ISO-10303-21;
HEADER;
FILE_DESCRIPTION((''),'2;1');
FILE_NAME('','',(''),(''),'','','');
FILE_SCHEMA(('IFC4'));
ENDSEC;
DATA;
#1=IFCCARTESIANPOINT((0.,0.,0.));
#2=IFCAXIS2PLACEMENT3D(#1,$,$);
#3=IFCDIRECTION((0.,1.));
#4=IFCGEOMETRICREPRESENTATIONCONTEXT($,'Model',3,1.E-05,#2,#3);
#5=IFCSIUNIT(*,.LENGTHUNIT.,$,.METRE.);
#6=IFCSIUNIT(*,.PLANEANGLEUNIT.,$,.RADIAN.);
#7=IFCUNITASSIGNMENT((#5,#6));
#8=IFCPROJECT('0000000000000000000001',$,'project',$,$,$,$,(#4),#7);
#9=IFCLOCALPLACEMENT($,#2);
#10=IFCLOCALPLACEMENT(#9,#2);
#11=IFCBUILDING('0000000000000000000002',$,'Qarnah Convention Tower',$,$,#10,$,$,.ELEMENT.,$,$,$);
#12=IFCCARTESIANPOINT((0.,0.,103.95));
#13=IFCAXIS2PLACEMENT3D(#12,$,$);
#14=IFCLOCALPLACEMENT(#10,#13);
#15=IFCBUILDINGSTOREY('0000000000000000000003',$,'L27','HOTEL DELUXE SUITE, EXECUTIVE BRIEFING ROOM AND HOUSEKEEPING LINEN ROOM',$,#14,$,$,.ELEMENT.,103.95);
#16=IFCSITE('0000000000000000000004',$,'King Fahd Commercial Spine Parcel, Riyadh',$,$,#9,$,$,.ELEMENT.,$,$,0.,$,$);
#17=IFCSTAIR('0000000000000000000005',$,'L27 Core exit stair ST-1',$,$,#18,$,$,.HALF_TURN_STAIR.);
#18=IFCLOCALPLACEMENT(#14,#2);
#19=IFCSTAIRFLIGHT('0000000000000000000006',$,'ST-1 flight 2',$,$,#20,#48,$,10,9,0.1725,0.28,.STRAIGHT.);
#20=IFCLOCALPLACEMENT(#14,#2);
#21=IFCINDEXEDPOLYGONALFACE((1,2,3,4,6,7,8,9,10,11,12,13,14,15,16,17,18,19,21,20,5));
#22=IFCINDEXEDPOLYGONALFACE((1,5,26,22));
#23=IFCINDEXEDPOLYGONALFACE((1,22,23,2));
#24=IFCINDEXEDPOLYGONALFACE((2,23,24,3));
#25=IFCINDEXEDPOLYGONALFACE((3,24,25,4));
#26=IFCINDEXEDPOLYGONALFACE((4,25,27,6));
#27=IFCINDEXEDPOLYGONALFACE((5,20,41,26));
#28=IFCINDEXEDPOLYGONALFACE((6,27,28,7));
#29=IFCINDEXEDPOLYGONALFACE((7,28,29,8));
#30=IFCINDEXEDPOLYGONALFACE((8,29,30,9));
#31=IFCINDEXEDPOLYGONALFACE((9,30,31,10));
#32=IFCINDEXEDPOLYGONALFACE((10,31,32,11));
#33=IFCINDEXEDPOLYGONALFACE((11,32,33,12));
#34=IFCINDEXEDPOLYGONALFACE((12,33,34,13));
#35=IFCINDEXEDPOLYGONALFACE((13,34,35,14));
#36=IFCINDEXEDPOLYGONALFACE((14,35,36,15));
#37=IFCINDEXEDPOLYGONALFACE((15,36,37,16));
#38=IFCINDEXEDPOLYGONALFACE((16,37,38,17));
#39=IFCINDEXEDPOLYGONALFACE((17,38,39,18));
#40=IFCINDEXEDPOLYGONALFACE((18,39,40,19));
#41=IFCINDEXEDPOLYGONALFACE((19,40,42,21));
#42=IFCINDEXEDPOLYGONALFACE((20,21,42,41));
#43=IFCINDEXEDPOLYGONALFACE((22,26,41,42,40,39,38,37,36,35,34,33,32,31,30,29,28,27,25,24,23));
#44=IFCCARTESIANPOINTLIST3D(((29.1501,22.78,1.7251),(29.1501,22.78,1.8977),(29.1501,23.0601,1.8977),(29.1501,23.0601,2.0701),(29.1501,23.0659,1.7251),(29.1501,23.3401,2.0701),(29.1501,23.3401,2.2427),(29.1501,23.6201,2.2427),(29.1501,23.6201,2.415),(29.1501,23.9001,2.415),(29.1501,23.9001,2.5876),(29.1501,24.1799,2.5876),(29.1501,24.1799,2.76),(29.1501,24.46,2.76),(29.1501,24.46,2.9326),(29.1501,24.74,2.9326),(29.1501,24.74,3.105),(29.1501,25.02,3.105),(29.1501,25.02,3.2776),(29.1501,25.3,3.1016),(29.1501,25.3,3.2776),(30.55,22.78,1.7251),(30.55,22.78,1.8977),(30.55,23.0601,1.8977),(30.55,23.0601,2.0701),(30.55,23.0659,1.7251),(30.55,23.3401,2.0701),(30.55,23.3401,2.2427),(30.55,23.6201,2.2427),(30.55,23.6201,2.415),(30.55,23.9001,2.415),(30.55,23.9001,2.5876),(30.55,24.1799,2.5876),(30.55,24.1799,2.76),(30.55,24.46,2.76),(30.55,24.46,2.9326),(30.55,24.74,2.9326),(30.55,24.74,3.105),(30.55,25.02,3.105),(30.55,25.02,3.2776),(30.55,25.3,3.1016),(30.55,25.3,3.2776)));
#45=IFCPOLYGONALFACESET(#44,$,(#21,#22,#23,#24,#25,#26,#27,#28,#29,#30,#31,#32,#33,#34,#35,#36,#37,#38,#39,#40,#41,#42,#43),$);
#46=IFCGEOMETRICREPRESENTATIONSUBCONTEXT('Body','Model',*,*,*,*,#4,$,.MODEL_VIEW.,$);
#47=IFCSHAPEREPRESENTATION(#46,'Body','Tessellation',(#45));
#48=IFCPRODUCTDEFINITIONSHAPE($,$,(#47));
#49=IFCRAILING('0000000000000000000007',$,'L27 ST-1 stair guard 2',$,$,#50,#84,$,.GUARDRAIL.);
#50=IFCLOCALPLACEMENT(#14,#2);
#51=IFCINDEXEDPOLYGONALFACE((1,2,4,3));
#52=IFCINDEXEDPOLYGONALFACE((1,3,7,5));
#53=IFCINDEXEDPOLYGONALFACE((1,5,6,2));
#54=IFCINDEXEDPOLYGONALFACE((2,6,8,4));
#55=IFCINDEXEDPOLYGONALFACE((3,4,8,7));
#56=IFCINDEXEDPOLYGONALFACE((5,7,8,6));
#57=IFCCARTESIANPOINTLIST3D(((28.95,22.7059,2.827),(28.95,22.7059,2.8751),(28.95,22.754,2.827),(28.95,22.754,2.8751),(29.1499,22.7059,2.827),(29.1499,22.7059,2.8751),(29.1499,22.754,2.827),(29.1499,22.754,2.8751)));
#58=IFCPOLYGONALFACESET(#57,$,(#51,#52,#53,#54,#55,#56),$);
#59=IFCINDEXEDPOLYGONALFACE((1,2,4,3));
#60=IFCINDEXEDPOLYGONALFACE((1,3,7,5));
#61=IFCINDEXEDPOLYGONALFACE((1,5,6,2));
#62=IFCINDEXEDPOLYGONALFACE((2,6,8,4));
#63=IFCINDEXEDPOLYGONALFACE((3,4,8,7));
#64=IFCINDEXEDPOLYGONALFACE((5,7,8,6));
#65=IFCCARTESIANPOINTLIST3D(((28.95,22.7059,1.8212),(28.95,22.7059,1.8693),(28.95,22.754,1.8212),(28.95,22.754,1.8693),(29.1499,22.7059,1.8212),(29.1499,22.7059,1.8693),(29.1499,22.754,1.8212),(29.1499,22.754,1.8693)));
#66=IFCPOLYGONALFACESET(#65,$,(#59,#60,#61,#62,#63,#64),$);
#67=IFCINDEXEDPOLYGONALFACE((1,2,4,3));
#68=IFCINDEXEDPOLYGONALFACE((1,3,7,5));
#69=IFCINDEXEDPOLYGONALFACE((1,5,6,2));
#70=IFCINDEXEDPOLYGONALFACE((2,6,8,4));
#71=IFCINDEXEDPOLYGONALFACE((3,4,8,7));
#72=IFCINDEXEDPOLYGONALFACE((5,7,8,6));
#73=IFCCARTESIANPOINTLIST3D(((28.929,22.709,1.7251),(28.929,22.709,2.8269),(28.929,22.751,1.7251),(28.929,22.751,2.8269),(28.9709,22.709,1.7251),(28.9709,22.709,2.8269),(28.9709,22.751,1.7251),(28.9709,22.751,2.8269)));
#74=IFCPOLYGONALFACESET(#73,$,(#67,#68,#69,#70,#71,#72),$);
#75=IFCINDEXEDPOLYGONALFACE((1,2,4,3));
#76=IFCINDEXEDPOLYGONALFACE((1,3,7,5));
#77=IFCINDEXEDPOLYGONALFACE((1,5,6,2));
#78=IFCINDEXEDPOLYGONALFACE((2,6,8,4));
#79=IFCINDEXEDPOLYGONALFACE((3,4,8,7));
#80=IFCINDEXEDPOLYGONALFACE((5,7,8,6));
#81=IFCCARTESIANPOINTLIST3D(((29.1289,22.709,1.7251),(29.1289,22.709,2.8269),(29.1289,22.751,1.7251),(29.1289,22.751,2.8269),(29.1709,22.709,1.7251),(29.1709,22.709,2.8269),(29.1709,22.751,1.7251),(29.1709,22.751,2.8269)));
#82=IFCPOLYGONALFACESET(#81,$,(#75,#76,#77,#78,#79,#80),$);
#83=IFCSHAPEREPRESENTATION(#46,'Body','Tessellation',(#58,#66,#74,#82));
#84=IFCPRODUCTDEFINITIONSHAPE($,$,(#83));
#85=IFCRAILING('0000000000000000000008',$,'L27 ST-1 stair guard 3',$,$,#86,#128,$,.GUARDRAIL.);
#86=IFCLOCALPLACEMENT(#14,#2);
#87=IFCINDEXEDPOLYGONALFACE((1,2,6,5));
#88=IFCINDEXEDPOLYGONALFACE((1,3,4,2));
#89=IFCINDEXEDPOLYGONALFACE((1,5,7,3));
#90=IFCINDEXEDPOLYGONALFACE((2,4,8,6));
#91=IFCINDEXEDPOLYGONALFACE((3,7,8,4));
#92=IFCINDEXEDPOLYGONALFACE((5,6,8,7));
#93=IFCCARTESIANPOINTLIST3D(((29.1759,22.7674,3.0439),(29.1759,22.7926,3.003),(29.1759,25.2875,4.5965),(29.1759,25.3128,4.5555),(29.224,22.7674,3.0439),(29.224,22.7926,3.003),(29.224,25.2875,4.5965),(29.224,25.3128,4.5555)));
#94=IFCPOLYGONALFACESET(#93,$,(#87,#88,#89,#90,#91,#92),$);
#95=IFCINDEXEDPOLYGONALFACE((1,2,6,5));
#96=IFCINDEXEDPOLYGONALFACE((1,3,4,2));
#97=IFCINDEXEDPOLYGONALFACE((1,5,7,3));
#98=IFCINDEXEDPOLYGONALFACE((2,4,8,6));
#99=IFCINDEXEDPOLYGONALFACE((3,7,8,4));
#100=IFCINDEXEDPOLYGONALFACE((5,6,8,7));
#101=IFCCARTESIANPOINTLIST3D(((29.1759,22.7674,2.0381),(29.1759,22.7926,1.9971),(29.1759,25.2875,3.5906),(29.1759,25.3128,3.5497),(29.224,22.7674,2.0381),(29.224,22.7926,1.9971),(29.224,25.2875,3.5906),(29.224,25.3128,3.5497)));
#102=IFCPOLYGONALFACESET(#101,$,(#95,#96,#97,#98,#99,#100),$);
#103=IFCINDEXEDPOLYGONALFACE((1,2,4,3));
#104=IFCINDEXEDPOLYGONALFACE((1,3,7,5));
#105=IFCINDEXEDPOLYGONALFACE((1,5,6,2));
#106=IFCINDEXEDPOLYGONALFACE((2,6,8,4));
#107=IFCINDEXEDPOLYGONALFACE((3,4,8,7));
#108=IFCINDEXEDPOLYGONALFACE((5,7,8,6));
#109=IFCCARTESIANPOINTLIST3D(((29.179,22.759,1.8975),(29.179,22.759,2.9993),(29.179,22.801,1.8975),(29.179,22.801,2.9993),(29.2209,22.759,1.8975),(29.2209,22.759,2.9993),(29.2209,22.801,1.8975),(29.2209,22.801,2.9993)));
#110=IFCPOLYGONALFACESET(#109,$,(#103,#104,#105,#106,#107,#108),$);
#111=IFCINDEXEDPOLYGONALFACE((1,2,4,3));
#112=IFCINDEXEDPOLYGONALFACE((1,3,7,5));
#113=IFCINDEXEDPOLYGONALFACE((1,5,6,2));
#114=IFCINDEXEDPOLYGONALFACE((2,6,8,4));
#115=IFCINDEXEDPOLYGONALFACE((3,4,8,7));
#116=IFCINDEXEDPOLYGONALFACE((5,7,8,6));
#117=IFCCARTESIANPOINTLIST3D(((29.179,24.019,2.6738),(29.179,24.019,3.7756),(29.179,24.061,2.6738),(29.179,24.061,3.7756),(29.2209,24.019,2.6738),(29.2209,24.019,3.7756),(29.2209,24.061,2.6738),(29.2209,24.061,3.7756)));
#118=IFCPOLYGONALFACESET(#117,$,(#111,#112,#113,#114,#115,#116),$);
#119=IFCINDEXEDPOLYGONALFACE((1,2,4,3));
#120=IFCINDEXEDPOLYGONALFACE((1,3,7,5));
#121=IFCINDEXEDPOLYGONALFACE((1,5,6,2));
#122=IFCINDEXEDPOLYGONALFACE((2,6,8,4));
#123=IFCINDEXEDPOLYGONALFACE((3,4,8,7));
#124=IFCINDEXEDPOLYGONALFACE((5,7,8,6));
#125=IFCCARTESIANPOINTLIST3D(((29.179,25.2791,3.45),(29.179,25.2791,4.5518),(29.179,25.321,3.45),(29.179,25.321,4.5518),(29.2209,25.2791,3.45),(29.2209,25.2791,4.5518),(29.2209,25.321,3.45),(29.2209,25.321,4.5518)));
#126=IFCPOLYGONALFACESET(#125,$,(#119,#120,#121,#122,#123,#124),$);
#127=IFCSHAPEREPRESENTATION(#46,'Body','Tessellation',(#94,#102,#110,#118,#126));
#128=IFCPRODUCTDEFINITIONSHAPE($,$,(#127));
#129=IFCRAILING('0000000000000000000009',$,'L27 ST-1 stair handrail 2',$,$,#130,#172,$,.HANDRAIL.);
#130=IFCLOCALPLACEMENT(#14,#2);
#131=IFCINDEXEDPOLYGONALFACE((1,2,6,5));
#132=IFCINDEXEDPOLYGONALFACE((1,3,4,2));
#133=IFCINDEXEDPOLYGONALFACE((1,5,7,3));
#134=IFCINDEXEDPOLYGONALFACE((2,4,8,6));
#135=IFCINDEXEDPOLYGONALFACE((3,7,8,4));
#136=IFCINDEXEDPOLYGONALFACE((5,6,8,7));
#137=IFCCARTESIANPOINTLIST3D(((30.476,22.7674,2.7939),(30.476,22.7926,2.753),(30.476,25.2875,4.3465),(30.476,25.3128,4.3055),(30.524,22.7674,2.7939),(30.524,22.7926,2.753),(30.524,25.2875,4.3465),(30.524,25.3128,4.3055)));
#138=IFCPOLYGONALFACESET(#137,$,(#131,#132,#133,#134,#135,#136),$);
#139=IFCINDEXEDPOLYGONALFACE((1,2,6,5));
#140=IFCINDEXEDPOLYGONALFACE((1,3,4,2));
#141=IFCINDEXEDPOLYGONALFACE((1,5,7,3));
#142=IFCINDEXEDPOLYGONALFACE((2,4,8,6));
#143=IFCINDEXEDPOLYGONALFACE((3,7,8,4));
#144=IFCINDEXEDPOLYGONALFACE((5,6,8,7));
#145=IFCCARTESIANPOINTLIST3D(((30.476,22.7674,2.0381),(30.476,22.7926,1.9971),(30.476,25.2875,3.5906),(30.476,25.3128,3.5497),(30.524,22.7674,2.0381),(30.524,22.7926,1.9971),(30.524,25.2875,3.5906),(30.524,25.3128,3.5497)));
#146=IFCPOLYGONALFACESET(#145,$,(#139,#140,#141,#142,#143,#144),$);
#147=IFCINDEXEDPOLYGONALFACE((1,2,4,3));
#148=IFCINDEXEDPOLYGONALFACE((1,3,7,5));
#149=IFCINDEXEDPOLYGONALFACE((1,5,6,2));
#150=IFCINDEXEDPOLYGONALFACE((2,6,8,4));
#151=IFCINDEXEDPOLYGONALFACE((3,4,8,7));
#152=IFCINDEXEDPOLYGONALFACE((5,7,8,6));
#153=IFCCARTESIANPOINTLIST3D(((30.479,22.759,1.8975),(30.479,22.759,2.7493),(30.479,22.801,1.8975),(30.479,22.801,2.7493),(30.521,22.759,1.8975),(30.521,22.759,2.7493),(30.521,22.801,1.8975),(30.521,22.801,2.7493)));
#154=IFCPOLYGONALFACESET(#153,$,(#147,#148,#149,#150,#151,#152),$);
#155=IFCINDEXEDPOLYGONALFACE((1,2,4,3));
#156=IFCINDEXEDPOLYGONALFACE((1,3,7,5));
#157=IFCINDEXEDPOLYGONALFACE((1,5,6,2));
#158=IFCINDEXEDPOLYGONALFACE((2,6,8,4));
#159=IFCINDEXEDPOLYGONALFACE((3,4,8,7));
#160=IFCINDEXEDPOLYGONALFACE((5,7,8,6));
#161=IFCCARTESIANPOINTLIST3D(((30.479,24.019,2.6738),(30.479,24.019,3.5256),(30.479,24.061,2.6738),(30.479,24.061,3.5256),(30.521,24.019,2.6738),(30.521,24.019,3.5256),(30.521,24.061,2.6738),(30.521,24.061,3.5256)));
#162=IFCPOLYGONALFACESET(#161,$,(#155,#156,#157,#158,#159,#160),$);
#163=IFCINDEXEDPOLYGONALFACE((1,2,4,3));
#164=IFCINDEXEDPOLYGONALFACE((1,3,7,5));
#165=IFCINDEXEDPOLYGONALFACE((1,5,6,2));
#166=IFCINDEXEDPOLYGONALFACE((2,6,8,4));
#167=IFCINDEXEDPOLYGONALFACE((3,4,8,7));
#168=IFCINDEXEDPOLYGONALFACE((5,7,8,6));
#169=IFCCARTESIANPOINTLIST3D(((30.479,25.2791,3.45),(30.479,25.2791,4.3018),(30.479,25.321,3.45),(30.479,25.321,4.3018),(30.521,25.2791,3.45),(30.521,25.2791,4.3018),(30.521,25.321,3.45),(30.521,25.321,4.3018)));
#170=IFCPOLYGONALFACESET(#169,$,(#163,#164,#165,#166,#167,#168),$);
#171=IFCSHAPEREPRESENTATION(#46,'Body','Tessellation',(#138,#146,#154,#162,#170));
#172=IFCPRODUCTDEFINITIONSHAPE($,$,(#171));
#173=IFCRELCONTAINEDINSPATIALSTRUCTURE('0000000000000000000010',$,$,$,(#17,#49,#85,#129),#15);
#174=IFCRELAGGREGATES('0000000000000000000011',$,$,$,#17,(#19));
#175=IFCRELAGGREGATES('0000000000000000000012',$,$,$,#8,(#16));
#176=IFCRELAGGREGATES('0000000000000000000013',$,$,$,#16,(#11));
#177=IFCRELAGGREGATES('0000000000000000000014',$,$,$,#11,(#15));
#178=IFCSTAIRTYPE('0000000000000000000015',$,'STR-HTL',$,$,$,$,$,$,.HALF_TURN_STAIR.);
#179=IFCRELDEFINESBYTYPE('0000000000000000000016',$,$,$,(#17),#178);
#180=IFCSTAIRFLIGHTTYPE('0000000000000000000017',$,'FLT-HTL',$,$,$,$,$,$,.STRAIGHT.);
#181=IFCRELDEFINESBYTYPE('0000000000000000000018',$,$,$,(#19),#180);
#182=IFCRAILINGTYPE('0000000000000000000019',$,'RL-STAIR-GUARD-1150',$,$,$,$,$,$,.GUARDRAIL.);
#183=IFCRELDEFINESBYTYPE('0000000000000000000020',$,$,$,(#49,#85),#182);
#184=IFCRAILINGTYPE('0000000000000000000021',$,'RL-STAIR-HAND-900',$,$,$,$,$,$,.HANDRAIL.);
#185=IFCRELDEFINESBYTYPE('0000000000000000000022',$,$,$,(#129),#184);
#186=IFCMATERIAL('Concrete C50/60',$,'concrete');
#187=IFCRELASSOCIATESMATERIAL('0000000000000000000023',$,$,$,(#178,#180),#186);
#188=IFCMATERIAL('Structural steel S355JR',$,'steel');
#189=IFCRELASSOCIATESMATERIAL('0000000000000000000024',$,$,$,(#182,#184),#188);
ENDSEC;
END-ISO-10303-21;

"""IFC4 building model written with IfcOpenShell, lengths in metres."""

from ifc_helpers import new_model, si_unit, direction, frame, origin, origin_2d, place, context, subcontext, project, spatial, polyline, rectangle, outline, extrude, material, type_object, element, aggregate, save


model = new_model("IFC4")

# Units and contexts
model_context = context("Model", 3, precision=1e-05, world=origin(), true_north=direction((0.0, 1.0)))
body_context = subcontext(model_context, "Body", "Model", "MODEL_VIEW")
ifc_project = project(units=[si_unit("LENGTHUNIT", "METRE"), si_unit("PLANEANGLEUNIT", "RADIAN")], contexts=[model_context])

# Site, building, storey
site_placement = place(None, origin())
site = spatial("IfcSite", under=ifc_project, at=site_placement, Name="King Fahd Commercial Spine Parcel, Riyadh", CompositionType="ELEMENT", RefElevation=0.0)
building_placement = place(site_placement, origin())
building = spatial("IfcBuilding", under=site, at=building_placement, Name="Qarnah Convention Tower", CompositionType="ELEMENT")
storey_placement = place(building_placement, frame((0.0, 0.0, 103.95)))
storey = spatial("IfcBuildingStorey", under=building, at=storey_placement, Name="L27", Description="HOTEL DELUXE SUITE, EXECUTIVE BRIEFING ROOM AND HOUSEKEEPING LINEN ROOM", CompositionType="ELEMENT", Elevation=103.95)

# Shared definitions
ifc_material_1 = material(Name="Structural steel S355JR", Category="steel")

# Stair, stair flight
ifc_material_2 = material(Name="Concrete C50/60", Category="concrete")
stair_type = type_object("IfcStairType", Name="STR-HTL", PredefinedType="HALF_TURN_STAIR", material=ifc_material_2)
stair_placement = place(storey_placement, origin())
stair = element("IfcStair", 1, at=stair_placement, inside=storey, type_object=stair_type, Name="L27 Core exit stair ST-1", PredefinedType="HALF_TURN_STAIR")
stair_flight_type = type_object("IfcStairFlightType", Name="FLT-HTL", PredefinedType="STRAIGHT", material=ifc_material_2)
stair_flight_placement = place(storey_placement, frame((29.8501, 22.78, 1.7251), z_axis=(0.0, 0.0, 1.0), x_axis=(0.0, 1.0, 0.0)))
stair_flight = element("IfcStairFlight", 2, at=stair_flight_placement, type_object=stair_flight_type, Name="ST-1 flight 2", NumberOfRisers=10, NumberOfTreads=9, PredefinedType="STRAIGHT", RiserHeight=0.1725, TreadLength=0.28, context=body_context, shape_type="SweptSolid", body=[
    extrude(outline(polyline([(0.0, 0.0), (0.0, 0.1726), (0.28, 0.1726), (0.28, 0.345), (0.5601, 0.345), (0.5601, 0.5176), (0.8401, 0.5176), (0.8401, 0.6899), (1.1201, 0.6899), (1.1201, 0.8625), (1.3999, 0.8625), (1.3999, 1.0349), (1.6799, 1.0349), (1.6799, 1.2075), (1.96, 1.2075), (1.96, 1.3799), (2.24, 1.3799), (2.24, 1.5525), (2.52, 1.5525), (2.52, 1.7251), (2.52, 1.3765), (0.2859, 0.0), (0.0, 0.0)])), frame((0.0, 0.7, 0.0), z_axis=(0.0, -1.0, 0.0), x_axis=(1.0, 0.0, 0.0)), (0.0, 0.0, 1.0), 1.3999),
])
aggregate(stair, [stair_flight])

# Railings
railing_type_1 = type_object("IfcRailingType", Name="RL-STAIR-GUARD-1150", PredefinedType="GUARDRAIL", material=ifc_material_1)
railing_1_placement = place(storey_placement, frame((28.95, 22.73, 1.7251)))
element("IfcRailing", 3, at=railing_1_placement, inside=storey, type_object=railing_type_1, Name="L27 ST-1 stair guard 2", PredefinedType="GUARDRAIL", context=body_context, shape_type="SweptSolid", body=[
    extrude(rectangle(XDim=0.0481, YDim=0.0481, at=origin_2d()), frame((0.0, 0.0, 1.126), z_axis=(1.0, 0.0, 0.0), x_axis=(0.0, 1.0, 0.0)), (0.0, 0.0, 1.0), 0.2),
    extrude(rectangle(XDim=0.0481, YDim=0.0481, at=origin_2d()), frame((0.0, 0.0, 0.1201), z_axis=(1.0, 0.0, 0.0), x_axis=(0.0, 1.0, 0.0)), (0.0, 0.0, 1.0), 0.2),
    extrude(rectangle(XDim=0.042, YDim=0.042, at=origin_2d()), origin(), (0.0, 0.0, 1.0), 1.1018),
    extrude(rectangle(XDim=0.042, YDim=0.042, at=origin_2d()), frame((0.2, 0.0, 0.0)), (0.0, 0.0, 1.0), 1.1018),
])
railing_2_placement = place(storey_placement, frame((29.2, 22.78, 1.8975)))
element("IfcRailing", 4, at=railing_2_placement, inside=storey, type_object=railing_type_1, Name="L27 ST-1 stair guard 3", PredefinedType="GUARDRAIL", context=body_context, shape_type="SweptSolid", body=[
    extrude(rectangle(XDim=0.0481, YDim=0.0481, at=origin_2d()), frame((0.0, 0.0, 1.126), z_axis=(0.0, 0.8514, 0.524516), x_axis=(-1.0, 0.0, 0.0)), (0.0, 0.0, 1.0), 2.96),
    extrude(rectangle(XDim=0.0481, YDim=0.0481, at=origin_2d()), frame((0.0, 0.0, 0.1201), z_axis=(0.0, 0.8514, 0.524516), x_axis=(-1.0, 0.0, 0.0)), (0.0, 0.0, 1.0), 2.96),
    extrude(rectangle(XDim=0.042, YDim=0.042, at=origin_2d()), origin(), (0.0, 0.0, 1.0), 1.1018),
    extrude(rectangle(XDim=0.042, YDim=0.042, at=origin_2d()), frame((0.0, 1.26, 0.7764)), (0.0, 0.0, 1.0), 1.1018),
    extrude(rectangle(XDim=0.042, YDim=0.042, at=origin_2d()), frame((0.0, 2.52, 1.5525)), (0.0, 0.0, 1.0), 1.1018),
])
railing_type_2 = type_object("IfcRailingType", Name="RL-STAIR-HAND-900", PredefinedType="HANDRAIL", material=ifc_material_1)
railing_3_placement = place(storey_placement, frame((30.5, 22.78, 1.8975)))
element("IfcRailing", 5, at=railing_3_placement, inside=storey, type_object=railing_type_2, Name="L27 ST-1 stair handrail 2", PredefinedType="HANDRAIL", context=body_context, shape_type="SweptSolid", body=[
    extrude(rectangle(XDim=0.0481, YDim=0.0481, at=origin_2d()), frame((0.0, 0.0, 0.876), z_axis=(0.0, 0.8514, 0.524516), x_axis=(-1.0, 0.0, 0.0)), (0.0, 0.0, 1.0), 2.96),
    extrude(rectangle(XDim=0.0481, YDim=0.0481, at=origin_2d()), frame((0.0, 0.0, 0.1201), z_axis=(0.0, 0.8514, 0.524516), x_axis=(-1.0, 0.0, 0.0)), (0.0, 0.0, 1.0), 2.96),
    extrude(rectangle(XDim=0.042, YDim=0.042, at=origin_2d()), origin(), (0.0, 0.0, 1.0), 0.8518),
    extrude(rectangle(XDim=0.042, YDim=0.042, at=origin_2d()), frame((0.0, 1.26, 0.7764)), (0.0, 0.0, 1.0), 0.8518),
    extrude(rectangle(XDim=0.042, YDim=0.042, at=origin_2d()), frame((0.0, 2.52, 1.5525)), (0.0, 0.0, 1.0), 0.8518),
])

save(model, "model.ifc")
